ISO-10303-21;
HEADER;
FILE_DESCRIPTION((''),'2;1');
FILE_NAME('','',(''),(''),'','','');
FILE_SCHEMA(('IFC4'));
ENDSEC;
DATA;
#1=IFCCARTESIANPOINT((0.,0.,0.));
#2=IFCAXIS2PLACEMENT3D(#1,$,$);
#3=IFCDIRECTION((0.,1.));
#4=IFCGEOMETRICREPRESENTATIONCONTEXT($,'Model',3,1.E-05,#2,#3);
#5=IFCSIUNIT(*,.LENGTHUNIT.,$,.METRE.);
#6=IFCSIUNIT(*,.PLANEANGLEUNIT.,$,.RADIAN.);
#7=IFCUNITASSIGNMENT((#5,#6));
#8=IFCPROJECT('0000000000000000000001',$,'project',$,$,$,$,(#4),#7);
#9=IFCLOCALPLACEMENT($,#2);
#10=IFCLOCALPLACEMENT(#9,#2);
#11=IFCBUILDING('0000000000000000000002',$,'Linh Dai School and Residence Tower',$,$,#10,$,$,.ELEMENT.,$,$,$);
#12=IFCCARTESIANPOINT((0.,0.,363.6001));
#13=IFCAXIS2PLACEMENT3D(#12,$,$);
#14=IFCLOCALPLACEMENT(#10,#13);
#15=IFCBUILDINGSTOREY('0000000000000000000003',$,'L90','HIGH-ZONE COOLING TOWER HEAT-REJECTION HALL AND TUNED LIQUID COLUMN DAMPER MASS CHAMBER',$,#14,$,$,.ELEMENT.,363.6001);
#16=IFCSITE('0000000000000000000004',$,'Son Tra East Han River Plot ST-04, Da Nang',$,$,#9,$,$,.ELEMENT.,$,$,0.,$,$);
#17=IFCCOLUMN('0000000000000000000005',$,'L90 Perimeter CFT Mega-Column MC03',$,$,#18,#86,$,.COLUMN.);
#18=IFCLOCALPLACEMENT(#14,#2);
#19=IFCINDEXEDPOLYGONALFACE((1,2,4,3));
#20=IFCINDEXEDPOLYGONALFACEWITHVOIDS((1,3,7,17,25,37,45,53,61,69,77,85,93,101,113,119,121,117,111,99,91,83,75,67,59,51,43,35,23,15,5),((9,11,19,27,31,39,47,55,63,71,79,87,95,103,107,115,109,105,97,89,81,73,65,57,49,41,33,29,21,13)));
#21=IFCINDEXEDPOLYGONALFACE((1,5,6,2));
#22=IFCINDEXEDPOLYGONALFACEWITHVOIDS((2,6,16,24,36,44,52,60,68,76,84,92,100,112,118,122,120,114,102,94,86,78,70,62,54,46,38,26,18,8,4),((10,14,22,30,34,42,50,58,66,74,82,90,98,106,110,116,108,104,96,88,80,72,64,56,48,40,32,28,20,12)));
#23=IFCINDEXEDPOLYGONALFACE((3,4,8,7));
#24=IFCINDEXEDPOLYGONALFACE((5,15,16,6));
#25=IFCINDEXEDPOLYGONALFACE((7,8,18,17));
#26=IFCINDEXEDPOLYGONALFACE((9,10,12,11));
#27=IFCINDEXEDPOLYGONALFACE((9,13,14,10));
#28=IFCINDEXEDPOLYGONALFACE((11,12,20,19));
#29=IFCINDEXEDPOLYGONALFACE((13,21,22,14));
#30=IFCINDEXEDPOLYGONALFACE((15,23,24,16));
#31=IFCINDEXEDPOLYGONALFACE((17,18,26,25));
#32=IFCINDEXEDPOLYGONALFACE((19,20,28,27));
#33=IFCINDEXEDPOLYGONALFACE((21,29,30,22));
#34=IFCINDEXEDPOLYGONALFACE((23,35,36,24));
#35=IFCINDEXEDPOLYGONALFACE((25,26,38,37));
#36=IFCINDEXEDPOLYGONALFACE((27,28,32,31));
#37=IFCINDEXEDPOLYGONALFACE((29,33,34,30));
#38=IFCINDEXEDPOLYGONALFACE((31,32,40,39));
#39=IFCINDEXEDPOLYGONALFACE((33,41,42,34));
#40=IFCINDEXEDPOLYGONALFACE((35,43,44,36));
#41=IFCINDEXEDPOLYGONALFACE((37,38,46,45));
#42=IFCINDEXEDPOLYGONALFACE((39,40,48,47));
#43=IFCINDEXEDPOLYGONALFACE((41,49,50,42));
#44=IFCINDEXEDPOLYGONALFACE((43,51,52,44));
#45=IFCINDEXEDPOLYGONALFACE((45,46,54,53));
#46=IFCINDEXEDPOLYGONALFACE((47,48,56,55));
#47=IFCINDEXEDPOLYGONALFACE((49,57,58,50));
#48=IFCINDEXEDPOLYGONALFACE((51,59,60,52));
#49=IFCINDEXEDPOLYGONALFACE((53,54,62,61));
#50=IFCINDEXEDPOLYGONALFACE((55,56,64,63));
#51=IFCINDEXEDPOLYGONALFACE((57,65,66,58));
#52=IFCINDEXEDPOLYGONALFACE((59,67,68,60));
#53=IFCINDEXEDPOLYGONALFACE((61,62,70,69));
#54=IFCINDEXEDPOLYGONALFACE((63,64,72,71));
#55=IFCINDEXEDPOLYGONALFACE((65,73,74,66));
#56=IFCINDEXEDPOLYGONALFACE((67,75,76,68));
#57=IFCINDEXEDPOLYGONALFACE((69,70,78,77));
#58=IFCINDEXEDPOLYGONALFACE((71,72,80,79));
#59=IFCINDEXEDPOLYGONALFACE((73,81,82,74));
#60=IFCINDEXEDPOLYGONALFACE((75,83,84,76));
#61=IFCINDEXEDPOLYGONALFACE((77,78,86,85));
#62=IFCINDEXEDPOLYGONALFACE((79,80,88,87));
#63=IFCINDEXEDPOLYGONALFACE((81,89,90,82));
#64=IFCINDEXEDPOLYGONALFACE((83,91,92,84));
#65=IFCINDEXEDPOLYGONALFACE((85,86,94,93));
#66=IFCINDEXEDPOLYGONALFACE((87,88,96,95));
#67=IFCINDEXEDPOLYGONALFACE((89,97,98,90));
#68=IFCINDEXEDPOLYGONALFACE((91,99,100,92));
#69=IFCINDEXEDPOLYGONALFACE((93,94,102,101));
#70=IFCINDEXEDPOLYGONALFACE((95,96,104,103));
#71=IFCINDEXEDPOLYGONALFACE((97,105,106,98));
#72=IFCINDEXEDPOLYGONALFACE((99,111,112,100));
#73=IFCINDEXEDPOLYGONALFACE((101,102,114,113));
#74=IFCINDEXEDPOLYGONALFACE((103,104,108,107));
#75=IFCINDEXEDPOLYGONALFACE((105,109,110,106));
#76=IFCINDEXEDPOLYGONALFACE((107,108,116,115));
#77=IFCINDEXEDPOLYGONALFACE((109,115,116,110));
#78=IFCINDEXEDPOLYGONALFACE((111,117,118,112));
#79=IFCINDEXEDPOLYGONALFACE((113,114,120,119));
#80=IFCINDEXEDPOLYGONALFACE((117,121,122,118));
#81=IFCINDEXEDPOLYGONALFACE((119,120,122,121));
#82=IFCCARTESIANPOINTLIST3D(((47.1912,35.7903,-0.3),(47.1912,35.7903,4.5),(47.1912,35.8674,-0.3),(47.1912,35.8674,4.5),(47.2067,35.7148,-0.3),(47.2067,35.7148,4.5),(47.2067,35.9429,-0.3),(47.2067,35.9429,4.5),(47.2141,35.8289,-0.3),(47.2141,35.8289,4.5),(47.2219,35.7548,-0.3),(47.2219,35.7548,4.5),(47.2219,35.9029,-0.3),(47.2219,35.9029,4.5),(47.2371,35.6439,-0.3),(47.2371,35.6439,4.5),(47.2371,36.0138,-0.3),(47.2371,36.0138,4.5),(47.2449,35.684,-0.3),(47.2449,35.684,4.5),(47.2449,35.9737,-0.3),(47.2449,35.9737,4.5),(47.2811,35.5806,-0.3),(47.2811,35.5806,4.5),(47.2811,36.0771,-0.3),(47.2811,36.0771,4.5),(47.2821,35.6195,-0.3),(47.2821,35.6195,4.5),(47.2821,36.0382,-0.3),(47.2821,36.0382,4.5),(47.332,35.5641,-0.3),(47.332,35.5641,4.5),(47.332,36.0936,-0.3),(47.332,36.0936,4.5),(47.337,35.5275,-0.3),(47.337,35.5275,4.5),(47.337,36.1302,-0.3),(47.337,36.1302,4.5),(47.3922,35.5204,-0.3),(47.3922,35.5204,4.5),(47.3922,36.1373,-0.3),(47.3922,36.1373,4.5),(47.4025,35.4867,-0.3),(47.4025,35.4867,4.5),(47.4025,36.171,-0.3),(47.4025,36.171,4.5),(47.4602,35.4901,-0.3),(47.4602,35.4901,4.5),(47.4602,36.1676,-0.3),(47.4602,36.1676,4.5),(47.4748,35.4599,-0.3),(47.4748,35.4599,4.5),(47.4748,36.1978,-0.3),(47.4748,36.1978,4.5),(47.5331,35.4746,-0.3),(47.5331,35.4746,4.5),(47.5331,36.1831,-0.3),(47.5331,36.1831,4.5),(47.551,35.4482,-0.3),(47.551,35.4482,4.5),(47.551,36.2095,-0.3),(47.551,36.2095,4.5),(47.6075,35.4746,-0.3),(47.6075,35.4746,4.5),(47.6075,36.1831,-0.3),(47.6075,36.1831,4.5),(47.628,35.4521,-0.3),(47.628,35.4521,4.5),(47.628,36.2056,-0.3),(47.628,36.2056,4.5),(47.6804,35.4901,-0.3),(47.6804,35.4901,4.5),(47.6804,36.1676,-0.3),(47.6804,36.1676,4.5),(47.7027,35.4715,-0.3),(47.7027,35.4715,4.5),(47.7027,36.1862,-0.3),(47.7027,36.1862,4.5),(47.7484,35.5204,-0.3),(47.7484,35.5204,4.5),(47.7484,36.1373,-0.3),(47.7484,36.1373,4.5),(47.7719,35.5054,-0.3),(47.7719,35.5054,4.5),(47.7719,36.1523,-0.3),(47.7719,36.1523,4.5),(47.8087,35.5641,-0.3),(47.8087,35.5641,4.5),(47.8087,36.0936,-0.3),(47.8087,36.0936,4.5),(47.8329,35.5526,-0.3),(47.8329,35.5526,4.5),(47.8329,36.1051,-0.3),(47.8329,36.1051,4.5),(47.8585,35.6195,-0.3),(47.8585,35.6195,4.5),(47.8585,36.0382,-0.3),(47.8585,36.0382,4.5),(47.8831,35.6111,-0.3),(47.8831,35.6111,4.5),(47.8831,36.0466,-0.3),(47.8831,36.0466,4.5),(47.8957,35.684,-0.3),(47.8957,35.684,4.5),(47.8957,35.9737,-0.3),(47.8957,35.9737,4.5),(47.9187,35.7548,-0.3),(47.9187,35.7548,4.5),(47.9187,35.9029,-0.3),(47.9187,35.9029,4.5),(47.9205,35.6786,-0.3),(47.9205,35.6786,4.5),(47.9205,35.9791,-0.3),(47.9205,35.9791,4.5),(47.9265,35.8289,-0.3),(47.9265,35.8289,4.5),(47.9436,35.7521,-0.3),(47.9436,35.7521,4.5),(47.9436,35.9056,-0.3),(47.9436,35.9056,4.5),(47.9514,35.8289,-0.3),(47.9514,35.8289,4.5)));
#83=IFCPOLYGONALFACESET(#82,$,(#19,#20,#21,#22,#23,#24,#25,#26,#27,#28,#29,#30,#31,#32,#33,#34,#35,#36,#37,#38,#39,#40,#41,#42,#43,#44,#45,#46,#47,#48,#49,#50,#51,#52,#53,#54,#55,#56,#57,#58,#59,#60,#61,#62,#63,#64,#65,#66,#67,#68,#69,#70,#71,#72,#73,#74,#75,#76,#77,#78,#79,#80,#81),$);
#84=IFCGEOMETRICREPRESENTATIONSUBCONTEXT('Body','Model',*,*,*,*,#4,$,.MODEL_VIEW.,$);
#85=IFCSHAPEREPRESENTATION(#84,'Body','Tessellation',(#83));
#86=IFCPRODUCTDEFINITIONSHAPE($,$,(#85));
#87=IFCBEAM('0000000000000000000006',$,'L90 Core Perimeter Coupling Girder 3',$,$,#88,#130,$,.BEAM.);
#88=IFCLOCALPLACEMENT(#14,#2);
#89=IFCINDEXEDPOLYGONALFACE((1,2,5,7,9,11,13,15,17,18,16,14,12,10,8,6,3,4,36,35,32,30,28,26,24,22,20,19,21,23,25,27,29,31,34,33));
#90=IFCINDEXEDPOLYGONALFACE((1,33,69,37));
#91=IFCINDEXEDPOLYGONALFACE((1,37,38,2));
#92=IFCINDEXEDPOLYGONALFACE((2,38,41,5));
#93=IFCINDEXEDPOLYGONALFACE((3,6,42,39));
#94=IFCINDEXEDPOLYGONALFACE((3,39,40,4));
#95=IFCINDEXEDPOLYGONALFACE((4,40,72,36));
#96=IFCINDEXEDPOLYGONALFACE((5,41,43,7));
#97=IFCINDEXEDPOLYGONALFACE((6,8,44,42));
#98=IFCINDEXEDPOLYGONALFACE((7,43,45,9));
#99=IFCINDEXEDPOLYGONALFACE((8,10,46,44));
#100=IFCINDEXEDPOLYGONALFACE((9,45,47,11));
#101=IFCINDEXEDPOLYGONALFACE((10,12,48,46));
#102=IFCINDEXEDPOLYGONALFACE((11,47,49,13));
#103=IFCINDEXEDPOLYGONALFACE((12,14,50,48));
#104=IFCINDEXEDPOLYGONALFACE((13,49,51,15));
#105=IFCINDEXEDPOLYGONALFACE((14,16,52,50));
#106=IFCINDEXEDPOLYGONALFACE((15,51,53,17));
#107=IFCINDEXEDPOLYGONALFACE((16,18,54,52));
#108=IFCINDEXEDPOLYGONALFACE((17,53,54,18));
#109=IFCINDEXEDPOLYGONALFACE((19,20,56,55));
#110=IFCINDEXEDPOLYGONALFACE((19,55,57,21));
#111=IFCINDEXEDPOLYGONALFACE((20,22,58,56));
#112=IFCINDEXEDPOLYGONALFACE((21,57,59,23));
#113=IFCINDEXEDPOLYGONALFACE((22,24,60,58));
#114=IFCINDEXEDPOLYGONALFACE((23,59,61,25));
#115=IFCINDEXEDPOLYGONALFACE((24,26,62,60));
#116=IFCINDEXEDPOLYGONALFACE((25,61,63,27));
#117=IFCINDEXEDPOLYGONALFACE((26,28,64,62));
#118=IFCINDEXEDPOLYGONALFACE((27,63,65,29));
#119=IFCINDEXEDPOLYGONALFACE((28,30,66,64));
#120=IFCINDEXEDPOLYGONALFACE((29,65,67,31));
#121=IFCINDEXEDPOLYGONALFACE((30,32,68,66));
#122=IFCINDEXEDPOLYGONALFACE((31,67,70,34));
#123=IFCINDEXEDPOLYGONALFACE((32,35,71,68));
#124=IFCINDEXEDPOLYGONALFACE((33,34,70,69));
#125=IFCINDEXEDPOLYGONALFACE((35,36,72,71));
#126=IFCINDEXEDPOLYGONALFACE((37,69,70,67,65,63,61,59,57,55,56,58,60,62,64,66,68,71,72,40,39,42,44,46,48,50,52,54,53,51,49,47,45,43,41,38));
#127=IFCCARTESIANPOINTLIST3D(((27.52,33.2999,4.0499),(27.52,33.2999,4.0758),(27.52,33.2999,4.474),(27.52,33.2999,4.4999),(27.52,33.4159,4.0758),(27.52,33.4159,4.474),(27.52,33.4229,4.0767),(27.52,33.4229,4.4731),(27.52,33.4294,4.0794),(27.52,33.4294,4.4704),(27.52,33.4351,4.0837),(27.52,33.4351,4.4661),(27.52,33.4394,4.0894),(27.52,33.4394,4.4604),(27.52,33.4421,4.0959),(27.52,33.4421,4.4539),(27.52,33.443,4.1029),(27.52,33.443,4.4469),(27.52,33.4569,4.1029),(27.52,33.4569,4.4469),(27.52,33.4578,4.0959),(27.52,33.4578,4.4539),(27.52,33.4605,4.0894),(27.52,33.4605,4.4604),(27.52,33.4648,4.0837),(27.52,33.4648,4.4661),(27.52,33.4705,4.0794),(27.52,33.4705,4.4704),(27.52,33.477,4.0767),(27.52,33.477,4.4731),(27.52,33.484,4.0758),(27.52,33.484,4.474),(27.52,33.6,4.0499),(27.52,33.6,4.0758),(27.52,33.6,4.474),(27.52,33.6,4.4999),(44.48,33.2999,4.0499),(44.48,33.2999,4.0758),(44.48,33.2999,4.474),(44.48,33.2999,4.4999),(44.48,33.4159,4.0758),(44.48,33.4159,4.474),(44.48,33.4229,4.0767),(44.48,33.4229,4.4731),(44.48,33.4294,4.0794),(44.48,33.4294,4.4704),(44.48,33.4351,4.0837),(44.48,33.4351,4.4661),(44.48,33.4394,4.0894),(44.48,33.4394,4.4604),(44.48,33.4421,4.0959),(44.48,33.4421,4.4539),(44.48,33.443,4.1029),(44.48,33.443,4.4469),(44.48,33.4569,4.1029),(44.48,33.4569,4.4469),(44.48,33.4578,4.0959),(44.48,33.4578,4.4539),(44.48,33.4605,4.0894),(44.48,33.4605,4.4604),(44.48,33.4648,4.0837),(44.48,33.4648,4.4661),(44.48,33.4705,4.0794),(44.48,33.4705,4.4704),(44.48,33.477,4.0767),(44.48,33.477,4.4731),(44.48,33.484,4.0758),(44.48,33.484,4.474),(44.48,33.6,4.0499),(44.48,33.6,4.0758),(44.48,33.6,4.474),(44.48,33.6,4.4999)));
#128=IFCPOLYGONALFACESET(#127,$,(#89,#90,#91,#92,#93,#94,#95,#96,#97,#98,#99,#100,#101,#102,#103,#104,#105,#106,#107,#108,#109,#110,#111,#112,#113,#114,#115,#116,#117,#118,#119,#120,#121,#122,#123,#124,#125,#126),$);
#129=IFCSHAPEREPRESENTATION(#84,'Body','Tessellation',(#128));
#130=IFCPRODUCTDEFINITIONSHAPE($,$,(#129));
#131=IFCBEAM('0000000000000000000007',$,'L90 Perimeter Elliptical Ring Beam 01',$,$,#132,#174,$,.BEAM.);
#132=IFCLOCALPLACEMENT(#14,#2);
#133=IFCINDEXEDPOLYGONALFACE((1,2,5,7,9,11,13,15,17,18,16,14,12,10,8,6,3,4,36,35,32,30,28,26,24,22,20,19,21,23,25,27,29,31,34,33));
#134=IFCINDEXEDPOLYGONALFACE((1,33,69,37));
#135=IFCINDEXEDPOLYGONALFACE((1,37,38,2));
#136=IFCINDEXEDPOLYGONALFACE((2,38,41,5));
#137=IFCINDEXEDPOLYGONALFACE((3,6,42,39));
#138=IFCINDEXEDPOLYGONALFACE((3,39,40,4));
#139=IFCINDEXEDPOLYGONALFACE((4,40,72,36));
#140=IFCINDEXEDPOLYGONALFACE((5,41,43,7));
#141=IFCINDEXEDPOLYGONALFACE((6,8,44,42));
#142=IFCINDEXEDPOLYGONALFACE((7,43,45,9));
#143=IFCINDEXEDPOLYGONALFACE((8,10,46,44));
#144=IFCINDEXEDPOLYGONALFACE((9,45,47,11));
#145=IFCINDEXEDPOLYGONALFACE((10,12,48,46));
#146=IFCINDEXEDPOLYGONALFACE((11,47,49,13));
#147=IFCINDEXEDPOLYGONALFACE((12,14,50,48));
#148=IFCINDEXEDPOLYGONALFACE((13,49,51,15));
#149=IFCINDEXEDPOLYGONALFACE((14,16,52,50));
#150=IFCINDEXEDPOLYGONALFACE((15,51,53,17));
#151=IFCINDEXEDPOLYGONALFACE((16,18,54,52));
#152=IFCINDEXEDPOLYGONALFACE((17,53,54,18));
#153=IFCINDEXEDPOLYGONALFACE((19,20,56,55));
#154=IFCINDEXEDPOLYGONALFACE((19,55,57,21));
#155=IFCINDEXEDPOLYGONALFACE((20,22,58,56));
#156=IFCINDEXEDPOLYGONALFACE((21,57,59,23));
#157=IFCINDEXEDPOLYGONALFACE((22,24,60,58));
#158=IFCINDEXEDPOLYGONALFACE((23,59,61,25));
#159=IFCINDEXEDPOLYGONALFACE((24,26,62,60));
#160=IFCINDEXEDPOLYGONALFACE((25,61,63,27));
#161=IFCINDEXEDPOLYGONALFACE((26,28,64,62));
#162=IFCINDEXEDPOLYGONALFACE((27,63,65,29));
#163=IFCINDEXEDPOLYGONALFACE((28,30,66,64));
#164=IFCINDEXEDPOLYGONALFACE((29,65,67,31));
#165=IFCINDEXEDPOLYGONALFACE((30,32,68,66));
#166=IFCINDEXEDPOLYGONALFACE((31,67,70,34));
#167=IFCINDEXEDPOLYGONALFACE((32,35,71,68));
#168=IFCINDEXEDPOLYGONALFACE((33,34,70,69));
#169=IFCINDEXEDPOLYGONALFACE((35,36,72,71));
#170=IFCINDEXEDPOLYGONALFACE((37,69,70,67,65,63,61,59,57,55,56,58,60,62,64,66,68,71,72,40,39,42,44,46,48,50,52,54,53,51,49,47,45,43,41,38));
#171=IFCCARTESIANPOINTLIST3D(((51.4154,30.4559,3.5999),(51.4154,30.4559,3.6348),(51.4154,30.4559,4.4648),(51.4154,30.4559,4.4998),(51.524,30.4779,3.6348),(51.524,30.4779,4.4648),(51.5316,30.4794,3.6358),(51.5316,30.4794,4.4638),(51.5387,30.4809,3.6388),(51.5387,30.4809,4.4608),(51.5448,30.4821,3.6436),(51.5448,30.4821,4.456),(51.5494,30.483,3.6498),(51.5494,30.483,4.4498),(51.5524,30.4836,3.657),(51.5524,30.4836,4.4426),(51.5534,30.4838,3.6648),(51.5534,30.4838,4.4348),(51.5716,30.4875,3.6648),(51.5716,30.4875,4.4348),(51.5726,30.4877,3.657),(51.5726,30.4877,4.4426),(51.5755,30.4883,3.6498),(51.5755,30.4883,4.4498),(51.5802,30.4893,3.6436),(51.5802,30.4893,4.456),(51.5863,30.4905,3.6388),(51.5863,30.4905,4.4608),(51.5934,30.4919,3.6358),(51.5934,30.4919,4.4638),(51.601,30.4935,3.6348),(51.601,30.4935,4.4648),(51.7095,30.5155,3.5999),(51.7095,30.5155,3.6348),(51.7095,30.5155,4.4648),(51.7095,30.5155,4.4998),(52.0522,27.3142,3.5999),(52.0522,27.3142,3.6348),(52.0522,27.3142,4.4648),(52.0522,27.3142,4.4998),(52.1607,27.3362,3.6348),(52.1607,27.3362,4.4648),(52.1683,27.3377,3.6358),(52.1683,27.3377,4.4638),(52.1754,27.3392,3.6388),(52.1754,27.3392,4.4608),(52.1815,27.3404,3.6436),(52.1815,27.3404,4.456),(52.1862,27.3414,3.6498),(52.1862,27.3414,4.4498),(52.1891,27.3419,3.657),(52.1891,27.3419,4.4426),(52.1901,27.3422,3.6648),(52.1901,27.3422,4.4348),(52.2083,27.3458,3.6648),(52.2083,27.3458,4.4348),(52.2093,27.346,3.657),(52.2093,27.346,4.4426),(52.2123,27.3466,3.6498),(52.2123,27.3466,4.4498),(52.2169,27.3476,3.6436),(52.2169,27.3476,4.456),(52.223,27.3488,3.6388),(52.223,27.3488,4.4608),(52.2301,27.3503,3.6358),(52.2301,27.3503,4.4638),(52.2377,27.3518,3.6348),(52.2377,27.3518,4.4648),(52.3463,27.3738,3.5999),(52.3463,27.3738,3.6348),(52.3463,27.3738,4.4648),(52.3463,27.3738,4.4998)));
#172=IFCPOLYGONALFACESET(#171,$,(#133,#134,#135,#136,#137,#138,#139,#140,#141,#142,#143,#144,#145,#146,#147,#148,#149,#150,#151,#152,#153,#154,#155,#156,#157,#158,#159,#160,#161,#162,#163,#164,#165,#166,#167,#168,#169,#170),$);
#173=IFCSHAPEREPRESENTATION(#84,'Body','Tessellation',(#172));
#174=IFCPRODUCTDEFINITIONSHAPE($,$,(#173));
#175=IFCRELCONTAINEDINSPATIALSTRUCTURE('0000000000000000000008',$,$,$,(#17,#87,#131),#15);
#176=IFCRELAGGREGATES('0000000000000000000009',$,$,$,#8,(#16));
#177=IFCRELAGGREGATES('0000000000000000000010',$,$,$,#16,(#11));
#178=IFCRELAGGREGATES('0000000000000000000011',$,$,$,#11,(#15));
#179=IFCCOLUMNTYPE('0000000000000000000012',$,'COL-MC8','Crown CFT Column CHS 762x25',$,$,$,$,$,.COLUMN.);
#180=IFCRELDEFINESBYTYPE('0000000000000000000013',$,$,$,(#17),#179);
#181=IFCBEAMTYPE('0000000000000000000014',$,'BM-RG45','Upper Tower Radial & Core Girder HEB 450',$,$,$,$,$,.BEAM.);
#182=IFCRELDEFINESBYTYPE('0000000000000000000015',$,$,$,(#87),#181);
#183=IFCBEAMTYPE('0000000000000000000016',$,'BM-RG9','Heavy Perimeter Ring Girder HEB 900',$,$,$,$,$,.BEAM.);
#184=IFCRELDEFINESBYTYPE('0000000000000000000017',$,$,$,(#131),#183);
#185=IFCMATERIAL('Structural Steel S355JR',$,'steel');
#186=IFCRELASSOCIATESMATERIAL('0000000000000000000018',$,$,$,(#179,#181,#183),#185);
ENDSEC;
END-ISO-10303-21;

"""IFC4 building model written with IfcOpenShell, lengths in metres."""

from ifc_helpers import new_model, si_unit, direction, frame, origin, origin_2d, place, context, subcontext, project, spatial, hollow_circle, i_section, extrude, material, material_profile, profile_set, type_object, element, save


model = new_model("IFC4")

# Units and contexts
model_context = context("Model", 3, precision=1e-05, world=origin(), true_north=direction((0.0, 1.0)))
body_context = subcontext(model_context, "Body", "Model", "MODEL_VIEW")
ifc_project = project(units=[si_unit("LENGTHUNIT", "METRE"), si_unit("PLANEANGLEUNIT", "RADIAN")], contexts=[model_context])

# Site, building, storey
site_placement = place(None, origin())
site = spatial("IfcSite", under=ifc_project, at=site_placement, Name="Son Tra East Han River Plot ST-04, Da Nang", CompositionType="ELEMENT", RefElevation=0.0)
building_placement = place(site_placement, origin())
building = spatial("IfcBuilding", under=site, at=building_placement, Name="Linh Dai School and Residence Tower", CompositionType="ELEMENT")
storey_placement = place(building_placement, frame((0.0, 0.0, 363.6001)))
storey = spatial("IfcBuildingStorey", under=building, at=storey_placement, Name="L90", Description="HIGH-ZONE COOLING TOWER HEAT-REJECTION HALL AND TUNED LIQUID COLUMN DAMPER MASS CHAMBER", CompositionType="ELEMENT", Elevation=363.6001)

# Column
ifc_material_1 = material(Name="Structural Steel S355JR", Category="steel")
ifc_material_profile_1 = material_profile(ifc_material_1, hollow_circle(Radius=0.3811, WallThickness=0.0249, at=origin_2d()), Name="CHS 762x25")
ifc_profile_set_1 = profile_set([ifc_material_profile_1], Name="Structural Steel S355JR")
column_type_1 = type_object("IfcColumnType", Name="COL-MC8", Description="Crown CFT Column CHS 762x25", PredefinedType="COLUMN", material=ifc_profile_set_1)
for number, where, z_axis, x_axis, name in (
    (1, (47.5703, 35.8289, -0.3), (0.0, 0.0, 1.0), (1.0, 0.0, 0.0), "L90 Perimeter CFT Mega-Column MC03"),
):
    element("IfcColumn", number, at=place(storey_placement, frame(where, z_axis=z_axis, x_axis=x_axis)), inside=storey, type_object=column_type_1, Name=name, PredefinedType="COLUMN", context=body_context, shape_type="SweptSolid", body=[
        extrude(hollow_circle(Radius=0.3811, WallThickness=0.0249, at=origin_2d()), origin(), (0.0, 0.0, 1.0), 4.8),
    ])

# Beams
ifc_material_profile_2 = material_profile(ifc_material_1, i_section(OverallWidth=0.3, OverallDepth=0.45, WebThickness=0.0139, FlangeThickness=0.0259, FilletRadius=0.0271, at=origin_2d()), Name="HEB 450")
ifc_profile_set_2 = profile_set([ifc_material_profile_2], Name="Structural Steel S355JR")
beam_type_1 = type_object("IfcBeamType", Name="BM-RG45", Description="Upper Tower Radial & Core Girder HEB 450", PredefinedType="BEAM", material=ifc_profile_set_2)
beam_1_placement = place(storey_placement, frame((44.48, 33.45, 4.2749), z_axis=(-1.0, 0.0, 0.0), x_axis=(0.0, -1.0, 0.0)))
element("IfcBeam", 2, at=beam_1_placement, inside=storey, type_object=beam_type_1, Name="L90 Core Perimeter Coupling Girder 3", PredefinedType="BEAM", context=body_context, shape_type="SweptSolid", body=[
    extrude(i_section(OverallWidth=0.3, OverallDepth=0.45, WebThickness=0.0139, FlangeThickness=0.0259, FilletRadius=0.0271, at=origin_2d()), origin(), (0.0, 0.0, 1.0), 16.96),
])
ifc_material_profile_3 = material_profile(ifc_material_1, i_section(OverallWidth=0.3, OverallDepth=0.8999, WebThickness=0.0186, FlangeThickness=0.0349, FilletRadius=0.03, at=origin_2d()), Name="HEB 900")
ifc_profile_set_3 = profile_set([ifc_material_profile_3], Name="Structural Steel S355JR")
beam_type_2 = type_object("IfcBeamType", Name="BM-RG9", Description="Heavy Perimeter Ring Girder HEB 900", PredefinedType="BEAM", material=ifc_profile_set_3)
beam_2_placement = place(storey_placement, frame((52.1992, 27.344, 4.0498), z_axis=(-0.198635, 0.980074, 0.0), x_axis=(-0.980074, -0.198635, 0.0)))
element("IfcBeam", 3, at=beam_2_placement, inside=storey, type_object=beam_type_2, Name="L90 Perimeter Elliptical Ring Beam 01", PredefinedType="BEAM", context=body_context, shape_type="SweptSolid", body=[
    extrude(i_section(OverallWidth=0.3, OverallDepth=0.8999, WebThickness=0.0186, FlangeThickness=0.0349, FilletRadius=0.03, at=origin_2d()), origin(), (0.0, 0.0, 1.0), 3.2056),
])

save(model, "model.ifc")
